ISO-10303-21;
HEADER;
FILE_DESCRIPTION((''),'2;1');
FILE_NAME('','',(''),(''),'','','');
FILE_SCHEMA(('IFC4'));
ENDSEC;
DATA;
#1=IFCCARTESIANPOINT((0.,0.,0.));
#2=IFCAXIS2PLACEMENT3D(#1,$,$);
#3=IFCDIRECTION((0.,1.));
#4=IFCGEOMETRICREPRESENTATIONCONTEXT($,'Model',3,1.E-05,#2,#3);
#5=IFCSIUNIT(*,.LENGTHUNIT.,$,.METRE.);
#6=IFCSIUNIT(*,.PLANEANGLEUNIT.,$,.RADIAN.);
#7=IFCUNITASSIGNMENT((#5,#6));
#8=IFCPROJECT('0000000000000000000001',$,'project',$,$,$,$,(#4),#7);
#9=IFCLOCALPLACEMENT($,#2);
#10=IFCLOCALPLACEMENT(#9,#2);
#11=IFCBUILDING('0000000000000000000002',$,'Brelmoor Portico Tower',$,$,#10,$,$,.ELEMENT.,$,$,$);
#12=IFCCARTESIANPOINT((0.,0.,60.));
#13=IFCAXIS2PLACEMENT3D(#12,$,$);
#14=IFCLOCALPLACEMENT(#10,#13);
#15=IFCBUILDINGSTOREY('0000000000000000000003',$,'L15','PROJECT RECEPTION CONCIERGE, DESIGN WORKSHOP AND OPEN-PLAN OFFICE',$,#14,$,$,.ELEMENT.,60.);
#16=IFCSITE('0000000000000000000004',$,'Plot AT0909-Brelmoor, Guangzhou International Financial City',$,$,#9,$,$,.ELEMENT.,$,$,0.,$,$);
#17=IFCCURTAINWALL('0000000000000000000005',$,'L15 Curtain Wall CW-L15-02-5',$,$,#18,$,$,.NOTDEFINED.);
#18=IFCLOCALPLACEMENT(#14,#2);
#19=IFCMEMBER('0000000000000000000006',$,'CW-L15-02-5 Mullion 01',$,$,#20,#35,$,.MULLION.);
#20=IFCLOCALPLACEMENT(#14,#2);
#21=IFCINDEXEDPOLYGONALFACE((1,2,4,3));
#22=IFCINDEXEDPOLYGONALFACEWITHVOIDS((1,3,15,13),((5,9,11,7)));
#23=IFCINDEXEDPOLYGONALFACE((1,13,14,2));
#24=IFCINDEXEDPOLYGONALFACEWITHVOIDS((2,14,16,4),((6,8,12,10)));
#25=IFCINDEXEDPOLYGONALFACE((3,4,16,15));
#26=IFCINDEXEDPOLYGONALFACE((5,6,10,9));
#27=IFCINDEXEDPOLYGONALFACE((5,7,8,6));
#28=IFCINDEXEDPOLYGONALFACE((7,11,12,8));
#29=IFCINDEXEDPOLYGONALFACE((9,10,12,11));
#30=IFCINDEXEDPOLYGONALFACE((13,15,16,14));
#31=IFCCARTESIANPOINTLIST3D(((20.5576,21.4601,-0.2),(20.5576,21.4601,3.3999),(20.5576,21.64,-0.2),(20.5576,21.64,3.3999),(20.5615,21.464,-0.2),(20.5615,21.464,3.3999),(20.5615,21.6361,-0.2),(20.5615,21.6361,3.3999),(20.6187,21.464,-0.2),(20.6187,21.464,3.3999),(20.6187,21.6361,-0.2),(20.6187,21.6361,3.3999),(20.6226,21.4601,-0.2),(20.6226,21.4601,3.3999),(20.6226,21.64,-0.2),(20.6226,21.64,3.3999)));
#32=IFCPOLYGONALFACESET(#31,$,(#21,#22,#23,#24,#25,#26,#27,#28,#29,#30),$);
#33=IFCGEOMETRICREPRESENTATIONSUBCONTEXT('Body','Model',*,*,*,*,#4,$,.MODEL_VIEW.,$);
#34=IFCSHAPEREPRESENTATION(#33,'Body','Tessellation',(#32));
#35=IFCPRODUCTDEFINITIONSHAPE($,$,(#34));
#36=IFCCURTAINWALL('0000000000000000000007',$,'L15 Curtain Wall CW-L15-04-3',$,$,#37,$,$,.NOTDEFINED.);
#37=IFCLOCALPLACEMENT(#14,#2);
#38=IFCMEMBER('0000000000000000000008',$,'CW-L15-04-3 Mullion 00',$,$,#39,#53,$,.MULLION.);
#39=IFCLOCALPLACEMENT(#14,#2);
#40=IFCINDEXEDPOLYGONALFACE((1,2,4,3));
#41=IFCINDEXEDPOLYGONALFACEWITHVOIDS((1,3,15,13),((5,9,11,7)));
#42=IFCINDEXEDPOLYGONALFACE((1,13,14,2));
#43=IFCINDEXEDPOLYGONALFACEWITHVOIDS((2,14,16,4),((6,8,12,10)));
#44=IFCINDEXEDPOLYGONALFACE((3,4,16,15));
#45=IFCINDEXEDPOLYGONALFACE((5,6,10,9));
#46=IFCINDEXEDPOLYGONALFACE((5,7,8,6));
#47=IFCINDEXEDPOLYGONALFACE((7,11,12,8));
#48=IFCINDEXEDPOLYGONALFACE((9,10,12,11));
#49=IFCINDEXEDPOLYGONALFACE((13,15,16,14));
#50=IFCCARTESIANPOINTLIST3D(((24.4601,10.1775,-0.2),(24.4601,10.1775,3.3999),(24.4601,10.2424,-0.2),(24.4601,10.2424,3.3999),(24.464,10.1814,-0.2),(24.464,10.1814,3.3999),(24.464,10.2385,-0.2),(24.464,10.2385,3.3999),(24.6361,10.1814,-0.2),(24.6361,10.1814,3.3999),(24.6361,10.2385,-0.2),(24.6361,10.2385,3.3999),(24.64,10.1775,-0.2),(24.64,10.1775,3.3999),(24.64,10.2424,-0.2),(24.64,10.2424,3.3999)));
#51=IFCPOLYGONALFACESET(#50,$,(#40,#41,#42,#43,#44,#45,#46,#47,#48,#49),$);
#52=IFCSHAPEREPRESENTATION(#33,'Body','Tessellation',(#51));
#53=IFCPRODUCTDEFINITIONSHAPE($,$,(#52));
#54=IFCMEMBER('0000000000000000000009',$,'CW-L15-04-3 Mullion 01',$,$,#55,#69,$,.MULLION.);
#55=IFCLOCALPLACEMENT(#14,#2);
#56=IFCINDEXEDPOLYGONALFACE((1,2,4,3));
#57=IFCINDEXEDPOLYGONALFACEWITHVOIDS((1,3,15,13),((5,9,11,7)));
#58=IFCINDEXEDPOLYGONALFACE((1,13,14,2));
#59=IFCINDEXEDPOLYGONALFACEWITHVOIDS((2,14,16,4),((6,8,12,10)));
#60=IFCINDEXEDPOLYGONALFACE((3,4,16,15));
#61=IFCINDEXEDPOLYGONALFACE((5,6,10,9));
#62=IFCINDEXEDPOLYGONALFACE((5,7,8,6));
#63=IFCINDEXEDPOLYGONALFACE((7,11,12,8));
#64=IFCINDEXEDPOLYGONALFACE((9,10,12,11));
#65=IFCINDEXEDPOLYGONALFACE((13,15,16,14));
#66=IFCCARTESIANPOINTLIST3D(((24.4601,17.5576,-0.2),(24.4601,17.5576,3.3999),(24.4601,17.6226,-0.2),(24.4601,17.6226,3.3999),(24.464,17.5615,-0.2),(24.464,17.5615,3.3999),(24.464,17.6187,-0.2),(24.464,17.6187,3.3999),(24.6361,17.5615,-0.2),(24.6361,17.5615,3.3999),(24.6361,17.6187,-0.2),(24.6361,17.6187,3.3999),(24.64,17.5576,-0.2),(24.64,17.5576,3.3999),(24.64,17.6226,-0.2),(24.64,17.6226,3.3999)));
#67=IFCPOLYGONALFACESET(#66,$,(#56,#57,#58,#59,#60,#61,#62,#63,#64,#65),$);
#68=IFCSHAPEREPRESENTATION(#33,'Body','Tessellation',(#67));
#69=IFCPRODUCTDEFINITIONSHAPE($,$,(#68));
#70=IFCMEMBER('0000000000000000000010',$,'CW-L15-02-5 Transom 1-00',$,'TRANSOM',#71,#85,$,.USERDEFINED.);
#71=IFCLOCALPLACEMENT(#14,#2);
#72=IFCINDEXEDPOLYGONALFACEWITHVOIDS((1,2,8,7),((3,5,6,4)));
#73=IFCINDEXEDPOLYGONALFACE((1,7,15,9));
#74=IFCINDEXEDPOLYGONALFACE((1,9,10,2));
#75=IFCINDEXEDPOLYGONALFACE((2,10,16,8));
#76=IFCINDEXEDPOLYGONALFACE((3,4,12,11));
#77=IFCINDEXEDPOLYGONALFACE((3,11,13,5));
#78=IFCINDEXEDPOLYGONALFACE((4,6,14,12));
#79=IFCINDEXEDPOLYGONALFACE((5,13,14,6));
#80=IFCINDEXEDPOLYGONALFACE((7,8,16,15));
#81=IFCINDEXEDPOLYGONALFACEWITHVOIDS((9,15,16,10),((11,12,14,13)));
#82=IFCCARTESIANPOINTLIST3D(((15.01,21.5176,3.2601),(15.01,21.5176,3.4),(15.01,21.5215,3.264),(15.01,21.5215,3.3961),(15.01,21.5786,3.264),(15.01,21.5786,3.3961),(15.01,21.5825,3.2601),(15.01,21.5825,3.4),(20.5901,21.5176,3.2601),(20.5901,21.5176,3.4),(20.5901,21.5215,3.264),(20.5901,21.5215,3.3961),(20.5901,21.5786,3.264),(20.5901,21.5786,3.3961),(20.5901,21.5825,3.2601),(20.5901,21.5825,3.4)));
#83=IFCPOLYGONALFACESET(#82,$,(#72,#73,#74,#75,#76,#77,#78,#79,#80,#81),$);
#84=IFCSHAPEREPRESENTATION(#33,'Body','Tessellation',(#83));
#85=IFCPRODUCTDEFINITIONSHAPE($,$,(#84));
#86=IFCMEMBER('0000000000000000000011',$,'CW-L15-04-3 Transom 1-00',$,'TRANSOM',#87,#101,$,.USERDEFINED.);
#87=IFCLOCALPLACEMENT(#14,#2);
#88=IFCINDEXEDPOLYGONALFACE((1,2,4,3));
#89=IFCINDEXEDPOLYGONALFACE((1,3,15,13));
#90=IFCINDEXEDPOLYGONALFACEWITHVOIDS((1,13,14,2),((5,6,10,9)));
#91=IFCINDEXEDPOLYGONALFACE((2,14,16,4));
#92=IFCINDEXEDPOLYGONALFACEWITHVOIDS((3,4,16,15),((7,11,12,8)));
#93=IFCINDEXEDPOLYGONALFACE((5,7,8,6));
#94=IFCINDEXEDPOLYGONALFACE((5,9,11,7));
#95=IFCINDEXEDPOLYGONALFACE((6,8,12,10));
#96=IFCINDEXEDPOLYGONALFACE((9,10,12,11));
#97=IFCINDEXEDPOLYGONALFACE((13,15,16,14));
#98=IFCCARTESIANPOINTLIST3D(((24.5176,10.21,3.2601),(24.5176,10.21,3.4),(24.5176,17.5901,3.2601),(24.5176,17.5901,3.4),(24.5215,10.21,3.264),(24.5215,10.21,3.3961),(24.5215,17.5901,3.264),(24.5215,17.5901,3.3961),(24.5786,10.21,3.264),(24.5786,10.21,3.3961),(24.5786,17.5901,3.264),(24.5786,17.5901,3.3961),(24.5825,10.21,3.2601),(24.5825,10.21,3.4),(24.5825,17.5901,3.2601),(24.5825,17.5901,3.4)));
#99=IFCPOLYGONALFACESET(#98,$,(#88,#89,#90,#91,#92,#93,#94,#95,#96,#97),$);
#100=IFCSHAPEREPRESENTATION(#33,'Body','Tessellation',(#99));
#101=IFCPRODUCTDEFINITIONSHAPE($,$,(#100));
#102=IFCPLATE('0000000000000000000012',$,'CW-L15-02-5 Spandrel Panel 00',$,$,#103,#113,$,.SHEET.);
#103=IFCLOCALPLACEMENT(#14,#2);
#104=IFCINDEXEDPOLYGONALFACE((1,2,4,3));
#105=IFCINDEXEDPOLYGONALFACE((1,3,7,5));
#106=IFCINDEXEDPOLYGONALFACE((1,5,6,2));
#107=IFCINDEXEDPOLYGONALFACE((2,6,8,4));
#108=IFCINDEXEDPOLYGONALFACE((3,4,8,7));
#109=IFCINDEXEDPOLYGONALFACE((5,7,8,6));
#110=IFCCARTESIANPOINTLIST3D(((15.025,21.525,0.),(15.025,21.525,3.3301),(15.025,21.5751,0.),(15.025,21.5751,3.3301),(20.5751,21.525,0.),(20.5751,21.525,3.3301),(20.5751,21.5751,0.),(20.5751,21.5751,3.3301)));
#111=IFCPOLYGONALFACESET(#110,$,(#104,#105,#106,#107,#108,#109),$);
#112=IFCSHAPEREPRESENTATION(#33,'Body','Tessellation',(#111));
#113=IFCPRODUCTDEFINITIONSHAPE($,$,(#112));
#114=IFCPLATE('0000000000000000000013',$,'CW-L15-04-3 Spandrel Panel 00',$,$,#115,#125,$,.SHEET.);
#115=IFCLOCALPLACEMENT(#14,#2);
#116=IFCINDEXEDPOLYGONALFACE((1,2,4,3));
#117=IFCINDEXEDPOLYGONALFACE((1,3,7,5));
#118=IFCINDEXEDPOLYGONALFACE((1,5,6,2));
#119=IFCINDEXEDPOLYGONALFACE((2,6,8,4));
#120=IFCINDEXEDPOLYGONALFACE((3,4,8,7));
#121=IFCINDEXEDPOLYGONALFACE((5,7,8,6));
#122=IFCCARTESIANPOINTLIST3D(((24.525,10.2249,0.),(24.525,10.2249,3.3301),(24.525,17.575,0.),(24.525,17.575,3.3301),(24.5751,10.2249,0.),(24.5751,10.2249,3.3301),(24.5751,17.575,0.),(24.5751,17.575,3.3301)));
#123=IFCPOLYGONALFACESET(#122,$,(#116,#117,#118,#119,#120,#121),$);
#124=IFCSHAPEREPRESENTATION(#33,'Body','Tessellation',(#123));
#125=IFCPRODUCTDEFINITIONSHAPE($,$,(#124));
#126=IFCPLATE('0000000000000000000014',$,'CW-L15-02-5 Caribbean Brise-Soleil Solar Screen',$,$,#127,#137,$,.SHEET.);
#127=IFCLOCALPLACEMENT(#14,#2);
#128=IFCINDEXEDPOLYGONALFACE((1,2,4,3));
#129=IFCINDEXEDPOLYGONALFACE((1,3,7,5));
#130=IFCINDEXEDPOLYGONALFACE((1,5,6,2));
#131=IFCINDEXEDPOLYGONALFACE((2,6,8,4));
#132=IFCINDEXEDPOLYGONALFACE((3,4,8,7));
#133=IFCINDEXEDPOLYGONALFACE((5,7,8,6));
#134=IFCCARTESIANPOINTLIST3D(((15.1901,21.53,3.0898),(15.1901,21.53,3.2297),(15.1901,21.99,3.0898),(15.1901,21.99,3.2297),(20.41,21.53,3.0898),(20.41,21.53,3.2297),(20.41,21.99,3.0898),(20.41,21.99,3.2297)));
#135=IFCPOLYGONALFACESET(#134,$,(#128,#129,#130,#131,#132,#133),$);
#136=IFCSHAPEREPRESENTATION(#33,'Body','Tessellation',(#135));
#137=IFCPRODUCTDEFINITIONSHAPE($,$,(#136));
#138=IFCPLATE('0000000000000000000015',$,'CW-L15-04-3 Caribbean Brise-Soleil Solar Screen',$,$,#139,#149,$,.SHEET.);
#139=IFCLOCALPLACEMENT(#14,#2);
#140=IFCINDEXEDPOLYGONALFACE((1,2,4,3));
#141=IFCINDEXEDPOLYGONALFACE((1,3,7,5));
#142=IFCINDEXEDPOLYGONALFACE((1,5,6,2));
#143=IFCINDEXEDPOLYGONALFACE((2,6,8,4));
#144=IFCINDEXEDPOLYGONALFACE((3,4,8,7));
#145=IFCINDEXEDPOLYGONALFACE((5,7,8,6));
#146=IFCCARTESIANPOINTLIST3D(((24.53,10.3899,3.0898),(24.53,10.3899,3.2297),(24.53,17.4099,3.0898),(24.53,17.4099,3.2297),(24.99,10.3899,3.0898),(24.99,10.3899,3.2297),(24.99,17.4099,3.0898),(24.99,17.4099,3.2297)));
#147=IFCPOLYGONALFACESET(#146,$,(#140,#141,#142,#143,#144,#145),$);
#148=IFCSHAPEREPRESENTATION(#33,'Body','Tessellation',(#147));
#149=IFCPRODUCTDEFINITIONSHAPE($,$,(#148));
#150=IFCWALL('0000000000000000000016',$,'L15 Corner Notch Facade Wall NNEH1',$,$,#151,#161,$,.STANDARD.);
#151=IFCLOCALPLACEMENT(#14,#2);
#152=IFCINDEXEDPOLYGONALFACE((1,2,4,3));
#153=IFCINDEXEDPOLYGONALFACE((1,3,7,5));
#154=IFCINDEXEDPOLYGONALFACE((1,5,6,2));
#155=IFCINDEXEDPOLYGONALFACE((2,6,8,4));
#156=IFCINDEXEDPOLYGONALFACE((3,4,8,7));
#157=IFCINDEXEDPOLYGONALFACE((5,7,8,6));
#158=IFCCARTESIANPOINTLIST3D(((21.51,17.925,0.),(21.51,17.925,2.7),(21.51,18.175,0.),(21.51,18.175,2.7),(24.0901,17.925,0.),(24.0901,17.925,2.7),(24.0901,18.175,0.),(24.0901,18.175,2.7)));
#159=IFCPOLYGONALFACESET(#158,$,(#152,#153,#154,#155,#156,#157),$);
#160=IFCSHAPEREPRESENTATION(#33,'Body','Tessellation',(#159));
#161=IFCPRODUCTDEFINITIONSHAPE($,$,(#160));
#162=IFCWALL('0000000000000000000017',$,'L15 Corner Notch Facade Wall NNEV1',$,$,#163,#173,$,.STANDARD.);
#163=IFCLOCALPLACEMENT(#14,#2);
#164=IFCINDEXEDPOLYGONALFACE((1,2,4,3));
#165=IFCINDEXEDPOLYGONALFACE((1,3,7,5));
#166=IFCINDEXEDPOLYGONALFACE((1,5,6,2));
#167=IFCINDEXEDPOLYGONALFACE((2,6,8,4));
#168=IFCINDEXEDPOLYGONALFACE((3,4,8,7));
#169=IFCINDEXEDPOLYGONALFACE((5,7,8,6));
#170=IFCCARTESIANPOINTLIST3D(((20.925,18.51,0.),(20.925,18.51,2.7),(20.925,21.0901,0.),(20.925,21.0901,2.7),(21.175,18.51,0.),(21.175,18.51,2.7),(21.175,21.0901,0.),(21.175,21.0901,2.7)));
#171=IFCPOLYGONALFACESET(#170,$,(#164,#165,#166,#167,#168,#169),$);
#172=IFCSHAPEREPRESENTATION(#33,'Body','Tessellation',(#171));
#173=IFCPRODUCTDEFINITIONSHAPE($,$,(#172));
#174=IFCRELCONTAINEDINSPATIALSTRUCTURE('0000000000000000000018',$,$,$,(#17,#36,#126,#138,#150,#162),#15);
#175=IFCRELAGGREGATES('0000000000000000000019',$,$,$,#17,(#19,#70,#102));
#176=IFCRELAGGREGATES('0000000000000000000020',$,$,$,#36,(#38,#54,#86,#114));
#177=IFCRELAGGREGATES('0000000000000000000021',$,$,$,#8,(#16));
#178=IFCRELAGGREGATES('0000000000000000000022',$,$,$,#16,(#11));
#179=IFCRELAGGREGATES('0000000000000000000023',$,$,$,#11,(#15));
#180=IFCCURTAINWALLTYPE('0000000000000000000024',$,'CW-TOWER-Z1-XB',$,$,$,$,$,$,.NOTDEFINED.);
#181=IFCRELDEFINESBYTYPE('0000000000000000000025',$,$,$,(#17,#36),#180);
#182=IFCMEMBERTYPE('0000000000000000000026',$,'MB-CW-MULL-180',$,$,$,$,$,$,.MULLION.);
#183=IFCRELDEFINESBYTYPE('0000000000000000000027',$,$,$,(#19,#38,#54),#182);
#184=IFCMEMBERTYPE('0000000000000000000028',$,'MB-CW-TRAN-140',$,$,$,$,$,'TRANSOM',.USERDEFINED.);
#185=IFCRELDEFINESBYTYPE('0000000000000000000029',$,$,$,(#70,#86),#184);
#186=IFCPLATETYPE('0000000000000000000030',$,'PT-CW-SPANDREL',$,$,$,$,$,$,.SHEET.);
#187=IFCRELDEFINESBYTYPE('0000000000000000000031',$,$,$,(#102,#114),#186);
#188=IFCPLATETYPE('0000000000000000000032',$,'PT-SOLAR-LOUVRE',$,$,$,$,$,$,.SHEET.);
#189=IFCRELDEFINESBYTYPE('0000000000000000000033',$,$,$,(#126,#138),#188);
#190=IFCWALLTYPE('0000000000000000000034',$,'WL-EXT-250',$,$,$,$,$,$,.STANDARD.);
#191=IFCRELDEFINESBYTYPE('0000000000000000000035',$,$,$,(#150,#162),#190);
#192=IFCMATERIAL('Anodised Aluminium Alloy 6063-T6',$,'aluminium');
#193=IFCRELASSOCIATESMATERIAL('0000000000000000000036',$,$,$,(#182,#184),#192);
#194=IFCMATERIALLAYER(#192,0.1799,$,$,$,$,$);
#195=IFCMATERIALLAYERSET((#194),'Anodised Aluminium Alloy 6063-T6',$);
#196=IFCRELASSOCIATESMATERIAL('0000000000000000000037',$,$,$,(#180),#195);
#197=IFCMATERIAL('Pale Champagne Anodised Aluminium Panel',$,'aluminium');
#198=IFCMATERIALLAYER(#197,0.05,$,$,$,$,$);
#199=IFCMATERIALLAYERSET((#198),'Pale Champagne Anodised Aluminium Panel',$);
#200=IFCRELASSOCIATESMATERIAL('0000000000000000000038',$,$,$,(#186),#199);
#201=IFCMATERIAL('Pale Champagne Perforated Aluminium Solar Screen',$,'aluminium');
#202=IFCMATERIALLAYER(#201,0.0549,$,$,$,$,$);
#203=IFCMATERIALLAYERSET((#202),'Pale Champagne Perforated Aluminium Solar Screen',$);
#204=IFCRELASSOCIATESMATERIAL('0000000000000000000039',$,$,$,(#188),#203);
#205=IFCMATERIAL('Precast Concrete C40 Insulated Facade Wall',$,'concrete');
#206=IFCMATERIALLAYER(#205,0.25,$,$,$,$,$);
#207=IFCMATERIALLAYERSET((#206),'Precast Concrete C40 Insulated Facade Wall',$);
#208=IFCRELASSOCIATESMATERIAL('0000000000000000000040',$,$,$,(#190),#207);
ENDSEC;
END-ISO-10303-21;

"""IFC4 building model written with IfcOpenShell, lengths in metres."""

from ifc_helpers import new_model, si_unit, direction, frame, frame_2d, origin, origin_2d, place, context, subcontext, project, spatial, rectangle, hollow_rectangle, extrude, material, layer, layer_set, material_profile, profile_set, type_object, element, aggregate, save


model = new_model("IFC4")

# Units and contexts
model_context = context("Model", 3, precision=1e-05, world=origin(), true_north=direction((0.0, 1.0)))
body_context = subcontext(model_context, "Body", "Model", "MODEL_VIEW")
ifc_project = project(units=[si_unit("LENGTHUNIT", "METRE"), si_unit("PLANEANGLEUNIT", "RADIAN")], contexts=[model_context])

# Site, building, storey
site_placement = place(None, origin())
site = spatial("IfcSite", under=ifc_project, at=site_placement, Name="Plot AT0909-Brelmoor, Guangzhou International Financial City", CompositionType="ELEMENT", RefElevation=0.0)
building_placement = place(site_placement, origin())
building = spatial("IfcBuilding", under=site, at=building_placement, Name="Brelmoor Portico Tower", CompositionType="ELEMENT")
storey_placement = place(building_placement, frame((0.0, 0.0, 60.0)))
storey = spatial("IfcBuildingStorey", under=building, at=storey_placement, Name="L15", Description="PROJECT RECEPTION CONCIERGE, DESIGN WORKSHOP AND OPEN-PLAN OFFICE", CompositionType="ELEMENT", Elevation=60.0)

# Shared definitions
ifc_material_1 = material(Name="Anodised Aluminium Alloy 6063-T6", Category="aluminium")
ifc_material_profile_1 = material_profile(ifc_material_1, hollow_rectangle(XDim=0.0649, YDim=0.1799, WallThickness=0.0039, at=origin_2d()), Name="ALU MULLION 65x180")
ifc_profile_set_1 = profile_set([ifc_material_profile_1], Name="Anodised Aluminium Alloy 6063-T6")
member_type_1 = type_object("IfcMemberType", Name="MB-CW-MULL-180", PredefinedType="MULLION", material=ifc_profile_set_1)

# Curtain walls, members
ifc_layer_1 = layer(ifc_material_1, 0.1799)
ifc_layer_set_1 = layer_set([ifc_layer_1], Name="Anodised Aluminium Alloy 6063-T6")
curtain_wall_type_1 = type_object("IfcCurtainWallType", Name="CW-TOWER-Z1-XB", PredefinedType="NOTDEFINED", material=ifc_layer_set_1)
curtain_wall_1_placement = place(storey_placement, origin())
curtain_wall_1 = element("IfcCurtainWall", 1, at=curtain_wall_1_placement, inside=storey, type_object=curtain_wall_type_1, Name="L15 Curtain Wall CW-L15-02-5", PredefinedType="NOTDEFINED")
member_1_placement = place(storey_placement, frame((20.5901, 21.55, -0.2), z_axis=(0.0, 0.0, 1.0), x_axis=(1.0, 0.0, 0.0)))
member_1 = element("IfcMember", 2, at=member_1_placement, type_object=member_type_1, Name="CW-L15-02-5 Mullion 01", PredefinedType="MULLION", context=body_context, shape_type="SweptSolid", body=[
    extrude(hollow_rectangle(XDim=0.0649, YDim=0.1799, WallThickness=0.0039, at=origin_2d()), origin(), (0.0, 0.0, 1.0), 3.5999),
])
curtain_wall_2_placement = place(storey_placement, origin())
curtain_wall_2 = element("IfcCurtainWall", 3, at=curtain_wall_2_placement, inside=storey, type_object=curtain_wall_type_1, Name="L15 Curtain Wall CW-L15-04-3", PredefinedType="NOTDEFINED")
member_2_placement = place(storey_placement, frame((24.55, 10.21, -0.2), z_axis=(0.0, 0.0, 1.0), x_axis=(0.0, 1.0, 0.0)))
member_2 = element("IfcMember", 4, at=member_2_placement, type_object=member_type_1, Name="CW-L15-04-3 Mullion 00", PredefinedType="MULLION", context=body_context, shape_type="SweptSolid", body=[
    extrude(hollow_rectangle(XDim=0.0649, YDim=0.1799, WallThickness=0.0039, at=origin_2d()), origin(), (0.0, 0.0, 1.0), 3.5999),
])
member_3_placement = place(storey_placement, frame((24.55, 17.5901, -0.2), z_axis=(0.0, 0.0, 1.0), x_axis=(0.0, 1.0, 0.0)))
member_3 = element("IfcMember", 5, at=member_3_placement, type_object=member_type_1, Name="CW-L15-04-3 Mullion 01", PredefinedType="MULLION", context=body_context, shape_type="SweptSolid", body=[
    extrude(hollow_rectangle(XDim=0.0649, YDim=0.1799, WallThickness=0.0039, at=origin_2d()), origin(), (0.0, 0.0, 1.0), 3.5999),
])

# Members
ifc_material_profile_2 = material_profile(ifc_material_1, hollow_rectangle(XDim=0.0649, YDim=0.1399, WallThickness=0.0039, at=origin_2d()), Name="ALU TRANSOM 65x140")
ifc_profile_set_2 = profile_set([ifc_material_profile_2], Name="Anodised Aluminium Alloy 6063-T6")
member_type_2 = type_object("IfcMemberType", Name="MB-CW-TRAN-140", ElementType="TRANSOM", PredefinedType="USERDEFINED", material=ifc_profile_set_2)
member_4_placement = place(storey_placement, frame((15.01, 21.55, 3.3301), z_axis=(1.0, 0.0, 0.0), x_axis=(0.0, 1.0, 0.0)))
member_4 = element("IfcMember", 6, at=member_4_placement, type_object=member_type_2, Name="CW-L15-02-5 Transom 1-00", ObjectType="TRANSOM", PredefinedType="USERDEFINED", context=body_context, shape_type="SweptSolid", body=[
    extrude(hollow_rectangle(XDim=0.0649, YDim=0.1399, WallThickness=0.0039, at=origin_2d()), origin(), (0.0, 0.0, 1.0), 5.5801),
])
member_5_placement = place(storey_placement, frame((24.55, 10.21, 3.3301), z_axis=(0.0, 1.0, 0.0), x_axis=(-1.0, 0.0, 0.0)))
member_5 = element("IfcMember", 7, at=member_5_placement, type_object=member_type_2, Name="CW-L15-04-3 Transom 1-00", ObjectType="TRANSOM", PredefinedType="USERDEFINED", context=body_context, shape_type="SweptSolid", body=[
    extrude(hollow_rectangle(XDim=0.0649, YDim=0.1399, WallThickness=0.0039, at=origin_2d()), origin(), (0.0, 0.0, 1.0), 7.3801),
])

# Plates
ifc_material_2 = material(Name="Pale Champagne Anodised Aluminium Panel", Category="aluminium")
ifc_layer_2 = layer(ifc_material_2, 0.05)
ifc_layer_set_2 = layer_set([ifc_layer_2], Name="Pale Champagne Anodised Aluminium Panel")
plate_type_1 = type_object("IfcPlateType", Name="PT-CW-SPANDREL", PredefinedType="SHEET", material=ifc_layer_set_2)
plate_1_placement = place(storey_placement, frame((17.8, 21.55, 0.0), z_axis=(0.0, 0.0, 1.0), x_axis=(1.0, 0.0, 0.0)))
plate_1 = element("IfcPlate", 8, at=plate_1_placement, type_object=plate_type_1, Name="CW-L15-02-5 Spandrel Panel 00", PredefinedType="SHEET", context=body_context, shape_type="SweptSolid", body=[
    extrude(rectangle(XDim=5.55, YDim=0.05, at=origin_2d()), origin(), (0.0, 0.0, 1.0), 3.3301),
])
aggregate(curtain_wall_1, [member_1, member_4, plate_1])
plate_2_placement = place(storey_placement, frame((24.55, 13.8999, 0.0), z_axis=(0.0, 0.0, 1.0), x_axis=(0.0, 1.0, 0.0)))
plate_2 = element("IfcPlate", 9, at=plate_2_placement, type_object=plate_type_1, Name="CW-L15-04-3 Spandrel Panel 00", PredefinedType="SHEET", context=body_context, shape_type="SweptSolid", body=[
    extrude(rectangle(XDim=7.3501, YDim=0.05, at=origin_2d()), origin(), (0.0, 0.0, 1.0), 3.3301),
])
aggregate(curtain_wall_2, [member_2, member_3, member_5, plate_2])

# Plates
ifc_material_3 = material(Name="Pale Champagne Perforated Aluminium Solar Screen", Category="aluminium")
ifc_layer_3 = layer(ifc_material_3, 0.0549)
ifc_layer_set_3 = layer_set([ifc_layer_3], Name="Pale Champagne Perforated Aluminium Solar Screen")
plate_type_2 = type_object("IfcPlateType", Name="PT-SOLAR-LOUVRE", PredefinedType="SHEET", material=ifc_layer_set_3)
plate_3_placement = place(storey_placement, frame((17.8, 21.76, 3.0898), z_axis=(0.0, 0.0, 1.0), x_axis=(1.0, 0.0, 0.0)))
element("IfcPlate", 10, at=plate_3_placement, inside=storey, type_object=plate_type_2, Name="CW-L15-02-5 Caribbean Brise-Soleil Solar Screen", PredefinedType="SHEET", context=body_context, shape_type="SweptSolid", body=[
    extrude(rectangle(XDim=5.22, YDim=0.46, at=origin_2d()), origin(), (0.0, 0.0, 1.0), 0.1399),
])
plate_4_placement = place(storey_placement, frame((24.76, 13.8999, 3.0898), z_axis=(0.0, 0.0, 1.0), x_axis=(0.0, 1.0, 0.0)))
element("IfcPlate", 11, at=plate_4_placement, inside=storey, type_object=plate_type_2, Name="CW-L15-04-3 Caribbean Brise-Soleil Solar Screen", PredefinedType="SHEET", context=body_context, shape_type="SweptSolid", body=[
    extrude(rectangle(XDim=7.02, YDim=0.46, at=origin_2d()), origin(), (0.0, 0.0, 1.0), 0.1399),
])

# Walls
ifc_material_4 = material(Name="Precast Concrete C40 Insulated Facade Wall", Category="concrete")
ifc_layer_4 = layer(ifc_material_4, 0.25)
ifc_layer_set_4 = layer_set([ifc_layer_4], Name="Precast Concrete C40 Insulated Facade Wall")
wall_type_1 = type_object("IfcWallType", Name="WL-EXT-250", PredefinedType="STANDARD", material=ifc_layer_set_4)
for number, where, z_axis, x_axis, name in (
    (12, (21.51, 18.05, 0.0), (0.0, 0.0, 1.0), (1.0, 0.0, 0.0), "L15 Corner Notch Facade Wall NNEH1"),
    (13, (21.05, 18.51, 0.0), (0.0, 0.0, 1.0), (0.0, 1.0, 0.0), "L15 Corner Notch Facade Wall NNEV1"),
):
    element("IfcWall", number, at=place(storey_placement, frame(where, z_axis=z_axis, x_axis=x_axis)), inside=storey, type_object=wall_type_1, Name=name, PredefinedType="STANDARD", context=body_context, shape_type="SweptSolid", body=[
        extrude(rectangle(XDim=2.5801, YDim=0.25, at=frame_2d((1.29, 0.0))), origin(), (0.0, 0.0, 1.0), 2.7),
    ])

save(model, "model.ifc")
